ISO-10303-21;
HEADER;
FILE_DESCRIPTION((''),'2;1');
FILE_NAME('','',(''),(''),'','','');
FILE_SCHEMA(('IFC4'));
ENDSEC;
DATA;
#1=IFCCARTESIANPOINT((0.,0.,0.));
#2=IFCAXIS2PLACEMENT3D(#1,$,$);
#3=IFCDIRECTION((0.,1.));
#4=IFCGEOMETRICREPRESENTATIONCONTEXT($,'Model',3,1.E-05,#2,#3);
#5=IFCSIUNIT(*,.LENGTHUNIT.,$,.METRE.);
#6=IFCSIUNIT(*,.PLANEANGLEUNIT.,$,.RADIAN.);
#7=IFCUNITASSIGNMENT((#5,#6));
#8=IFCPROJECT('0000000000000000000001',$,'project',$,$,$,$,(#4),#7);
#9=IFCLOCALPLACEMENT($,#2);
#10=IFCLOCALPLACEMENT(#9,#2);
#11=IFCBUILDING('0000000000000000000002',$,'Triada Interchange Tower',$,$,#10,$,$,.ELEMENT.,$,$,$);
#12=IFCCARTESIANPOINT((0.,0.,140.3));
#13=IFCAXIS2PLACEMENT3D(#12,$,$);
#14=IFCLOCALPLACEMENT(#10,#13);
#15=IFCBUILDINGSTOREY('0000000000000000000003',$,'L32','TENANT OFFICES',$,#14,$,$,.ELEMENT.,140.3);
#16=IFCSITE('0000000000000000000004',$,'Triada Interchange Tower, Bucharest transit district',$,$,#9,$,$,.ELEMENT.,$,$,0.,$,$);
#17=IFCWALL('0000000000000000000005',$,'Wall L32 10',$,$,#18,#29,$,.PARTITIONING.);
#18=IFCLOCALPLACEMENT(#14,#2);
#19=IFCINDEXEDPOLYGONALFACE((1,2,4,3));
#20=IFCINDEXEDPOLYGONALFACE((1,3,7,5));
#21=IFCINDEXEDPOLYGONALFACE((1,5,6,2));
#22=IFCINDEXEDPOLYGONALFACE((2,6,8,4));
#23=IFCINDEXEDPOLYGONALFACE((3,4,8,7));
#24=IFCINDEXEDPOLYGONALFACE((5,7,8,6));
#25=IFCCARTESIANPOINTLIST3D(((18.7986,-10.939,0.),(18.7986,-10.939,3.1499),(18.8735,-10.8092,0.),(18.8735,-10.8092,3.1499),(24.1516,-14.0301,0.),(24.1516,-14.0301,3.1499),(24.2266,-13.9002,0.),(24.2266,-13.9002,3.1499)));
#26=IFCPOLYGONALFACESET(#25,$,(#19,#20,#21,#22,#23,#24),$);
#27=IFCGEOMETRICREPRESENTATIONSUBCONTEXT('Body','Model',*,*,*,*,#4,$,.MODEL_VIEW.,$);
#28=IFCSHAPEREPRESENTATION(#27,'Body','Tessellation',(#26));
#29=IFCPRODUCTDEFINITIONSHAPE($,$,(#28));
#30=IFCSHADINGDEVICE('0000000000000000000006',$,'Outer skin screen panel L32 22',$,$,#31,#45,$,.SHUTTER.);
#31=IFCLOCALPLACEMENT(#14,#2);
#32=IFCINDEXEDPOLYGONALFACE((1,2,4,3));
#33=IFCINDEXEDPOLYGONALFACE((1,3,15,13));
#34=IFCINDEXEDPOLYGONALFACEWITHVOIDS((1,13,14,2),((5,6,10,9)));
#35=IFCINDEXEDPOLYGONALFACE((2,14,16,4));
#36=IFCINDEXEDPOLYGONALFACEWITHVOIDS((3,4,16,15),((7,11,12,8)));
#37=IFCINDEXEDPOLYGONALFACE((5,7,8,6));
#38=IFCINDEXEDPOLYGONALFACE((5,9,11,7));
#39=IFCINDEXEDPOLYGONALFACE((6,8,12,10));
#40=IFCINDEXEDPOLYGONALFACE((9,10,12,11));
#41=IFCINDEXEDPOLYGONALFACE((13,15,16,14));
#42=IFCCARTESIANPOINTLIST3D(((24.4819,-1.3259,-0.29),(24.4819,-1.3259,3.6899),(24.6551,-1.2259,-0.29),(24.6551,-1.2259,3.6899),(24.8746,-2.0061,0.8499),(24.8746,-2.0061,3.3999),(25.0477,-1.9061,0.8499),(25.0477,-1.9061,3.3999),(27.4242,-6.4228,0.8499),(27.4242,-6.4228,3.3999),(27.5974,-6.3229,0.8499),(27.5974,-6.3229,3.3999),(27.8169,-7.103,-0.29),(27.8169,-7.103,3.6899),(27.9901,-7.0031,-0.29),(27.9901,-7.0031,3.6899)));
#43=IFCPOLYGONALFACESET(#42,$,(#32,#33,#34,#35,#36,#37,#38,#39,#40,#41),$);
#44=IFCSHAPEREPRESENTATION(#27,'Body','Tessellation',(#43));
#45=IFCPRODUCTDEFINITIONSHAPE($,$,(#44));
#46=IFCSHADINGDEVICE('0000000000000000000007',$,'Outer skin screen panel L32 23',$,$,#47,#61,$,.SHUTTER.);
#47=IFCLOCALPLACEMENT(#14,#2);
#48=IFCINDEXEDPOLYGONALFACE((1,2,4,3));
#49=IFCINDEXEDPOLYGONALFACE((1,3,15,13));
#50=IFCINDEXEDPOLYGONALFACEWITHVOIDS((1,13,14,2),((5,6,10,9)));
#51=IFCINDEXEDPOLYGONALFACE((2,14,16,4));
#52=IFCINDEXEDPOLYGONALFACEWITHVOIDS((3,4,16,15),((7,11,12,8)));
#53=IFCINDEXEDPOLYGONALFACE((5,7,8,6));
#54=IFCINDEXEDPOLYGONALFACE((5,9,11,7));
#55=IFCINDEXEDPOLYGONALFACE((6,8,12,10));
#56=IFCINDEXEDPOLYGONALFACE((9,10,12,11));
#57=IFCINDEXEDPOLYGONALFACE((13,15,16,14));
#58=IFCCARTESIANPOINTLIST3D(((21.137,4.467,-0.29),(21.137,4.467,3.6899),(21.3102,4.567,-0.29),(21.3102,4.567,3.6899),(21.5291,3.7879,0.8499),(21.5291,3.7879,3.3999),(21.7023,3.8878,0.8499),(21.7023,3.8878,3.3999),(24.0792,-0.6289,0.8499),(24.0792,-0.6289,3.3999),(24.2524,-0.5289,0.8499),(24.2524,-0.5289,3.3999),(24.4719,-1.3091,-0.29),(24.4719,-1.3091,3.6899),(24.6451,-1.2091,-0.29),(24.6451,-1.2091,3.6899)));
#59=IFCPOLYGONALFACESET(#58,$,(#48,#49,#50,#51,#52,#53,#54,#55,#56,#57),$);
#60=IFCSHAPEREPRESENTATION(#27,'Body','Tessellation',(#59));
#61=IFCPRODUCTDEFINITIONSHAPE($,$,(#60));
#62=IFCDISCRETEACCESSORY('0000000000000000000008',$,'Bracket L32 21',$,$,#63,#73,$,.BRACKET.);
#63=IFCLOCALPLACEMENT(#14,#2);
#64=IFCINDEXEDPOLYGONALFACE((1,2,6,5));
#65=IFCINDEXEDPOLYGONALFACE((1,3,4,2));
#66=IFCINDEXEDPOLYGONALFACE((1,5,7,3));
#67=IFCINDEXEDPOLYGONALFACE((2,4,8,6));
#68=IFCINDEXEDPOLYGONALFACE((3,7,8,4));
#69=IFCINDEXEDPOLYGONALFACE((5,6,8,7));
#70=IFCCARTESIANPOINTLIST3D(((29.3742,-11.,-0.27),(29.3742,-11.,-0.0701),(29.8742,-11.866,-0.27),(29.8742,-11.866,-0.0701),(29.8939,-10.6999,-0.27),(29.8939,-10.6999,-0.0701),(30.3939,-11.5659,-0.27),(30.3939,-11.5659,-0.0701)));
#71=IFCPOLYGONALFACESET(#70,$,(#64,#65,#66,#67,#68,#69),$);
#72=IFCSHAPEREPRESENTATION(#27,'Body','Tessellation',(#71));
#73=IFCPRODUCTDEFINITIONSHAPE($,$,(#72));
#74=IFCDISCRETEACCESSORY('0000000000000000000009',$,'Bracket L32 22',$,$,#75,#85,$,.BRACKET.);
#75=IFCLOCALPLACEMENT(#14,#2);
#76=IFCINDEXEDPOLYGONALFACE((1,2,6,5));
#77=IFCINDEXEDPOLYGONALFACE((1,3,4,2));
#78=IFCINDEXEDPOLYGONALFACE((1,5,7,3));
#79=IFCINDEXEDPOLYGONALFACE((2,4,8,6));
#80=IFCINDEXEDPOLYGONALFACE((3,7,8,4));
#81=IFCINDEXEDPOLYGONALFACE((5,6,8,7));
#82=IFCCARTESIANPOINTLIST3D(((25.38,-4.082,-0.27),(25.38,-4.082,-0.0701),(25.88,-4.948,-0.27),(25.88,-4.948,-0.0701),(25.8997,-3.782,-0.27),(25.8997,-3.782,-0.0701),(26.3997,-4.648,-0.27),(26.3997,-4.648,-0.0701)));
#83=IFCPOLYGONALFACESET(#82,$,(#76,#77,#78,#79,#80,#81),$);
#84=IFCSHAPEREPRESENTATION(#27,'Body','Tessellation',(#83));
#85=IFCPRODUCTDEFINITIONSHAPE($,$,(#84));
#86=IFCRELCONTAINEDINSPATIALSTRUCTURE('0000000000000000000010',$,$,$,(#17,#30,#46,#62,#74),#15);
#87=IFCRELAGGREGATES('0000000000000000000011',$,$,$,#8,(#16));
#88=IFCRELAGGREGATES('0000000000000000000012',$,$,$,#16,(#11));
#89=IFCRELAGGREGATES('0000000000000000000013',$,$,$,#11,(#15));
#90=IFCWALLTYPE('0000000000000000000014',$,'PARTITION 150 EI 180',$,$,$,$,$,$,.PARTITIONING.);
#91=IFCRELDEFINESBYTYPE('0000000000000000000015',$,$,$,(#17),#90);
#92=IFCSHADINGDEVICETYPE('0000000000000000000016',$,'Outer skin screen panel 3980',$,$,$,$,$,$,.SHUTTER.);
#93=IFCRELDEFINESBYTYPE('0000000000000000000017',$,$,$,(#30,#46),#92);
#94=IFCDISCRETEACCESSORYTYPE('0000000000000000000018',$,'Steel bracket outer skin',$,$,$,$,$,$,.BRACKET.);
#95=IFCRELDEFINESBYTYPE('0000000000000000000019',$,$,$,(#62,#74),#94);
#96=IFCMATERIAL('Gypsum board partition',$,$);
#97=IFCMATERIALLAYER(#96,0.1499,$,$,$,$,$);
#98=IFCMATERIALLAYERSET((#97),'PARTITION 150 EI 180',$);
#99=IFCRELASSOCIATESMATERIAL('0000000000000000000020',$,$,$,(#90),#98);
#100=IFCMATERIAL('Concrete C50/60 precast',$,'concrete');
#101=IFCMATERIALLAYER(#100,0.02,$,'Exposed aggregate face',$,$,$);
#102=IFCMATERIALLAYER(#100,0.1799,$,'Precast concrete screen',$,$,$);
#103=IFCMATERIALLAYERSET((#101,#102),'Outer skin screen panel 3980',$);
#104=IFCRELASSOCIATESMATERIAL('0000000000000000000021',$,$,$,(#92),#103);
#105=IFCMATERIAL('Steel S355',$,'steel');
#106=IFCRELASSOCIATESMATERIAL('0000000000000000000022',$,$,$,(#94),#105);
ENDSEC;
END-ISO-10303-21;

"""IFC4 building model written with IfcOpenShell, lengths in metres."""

from ifc_helpers import new_model, si_unit, direction, frame, frame_2d, origin, origin_2d, place, context, subcontext, project, spatial, polyline, rectangle, outline, extrude, material, layer, layer_set, type_object, element, save


model = new_model("IFC4")

# Units and contexts
model_context = context("Model", 3, precision=1e-05, world=origin(), true_north=direction((0.0, 1.0)))
body_context = subcontext(model_context, "Body", "Model", "MODEL_VIEW")
ifc_project = project(units=[si_unit("LENGTHUNIT", "METRE"), si_unit("PLANEANGLEUNIT", "RADIAN")], contexts=[model_context])

# Site, building, storey
site_placement = place(None, origin())
site = spatial("IfcSite", under=ifc_project, at=site_placement, Name="Triada Interchange Tower, Bucharest transit district", CompositionType="ELEMENT", RefElevation=0.0)
building_placement = place(site_placement, origin())
building = spatial("IfcBuilding", under=site, at=building_placement, Name="Triada Interchange Tower", CompositionType="ELEMENT")
storey_placement = place(building_placement, frame((0.0, 0.0, 140.3)))
storey = spatial("IfcBuildingStorey", under=building, at=storey_placement, Name="L32", Description="TENANT OFFICES", CompositionType="ELEMENT", Elevation=140.3)

# Wall
ifc_material_1 = material(Name="Gypsum board partition")
ifc_layer_1 = layer(ifc_material_1, 0.1499)
ifc_layer_set_1 = layer_set([ifc_layer_1], Name="PARTITION 150 EI 180")
wall_type_1 = type_object("IfcWallType", Name="PARTITION 150 EI 180", PredefinedType="PARTITIONING", material=ifc_layer_set_1)
wall_1_placement = place(storey_placement, frame((18.8359, -10.874, 0.0), z_axis=(0.0, 0.0, 1.0), x_axis=(0.865991, -0.50006, 0.0)))
element("IfcWall", 1, at=wall_1_placement, inside=storey, type_object=wall_type_1, Name="Wall L32 10", PredefinedType="PARTITIONING", context=body_context, shape_type="SweptSolid", body=[
    extrude(rectangle(XDim=6.1814, YDim=0.1499, at=frame_2d((3.0908, 0.0))), origin(), (0.0, 0.0, 1.0), 3.1499),
])

# Shading devices
ifc_material_2 = material(Name="Concrete C50/60 precast", Category="concrete")
ifc_layer_2 = layer(ifc_material_2, 0.02, Name="Exposed aggregate face")
ifc_layer_3 = layer(ifc_material_2, 0.1799, Name="Precast concrete screen")
ifc_layer_set_2 = layer_set([ifc_layer_2, ifc_layer_3], Name="Outer skin screen panel 3980")
shading_device_type = type_object("IfcShadingDeviceType", Name="Outer skin screen panel 3980", PredefinedType="SHUTTER", material=ifc_layer_set_2)
shading_device_1_placement = place(storey_placement, frame((27.8169, -7.103, -0.29), z_axis=(0.0, 0.0, 1.0), x_axis=(-0.49995, 0.866055, 0.0)))
element("IfcShadingDevice", 2, at=shading_device_1_placement, inside=storey, type_object=shading_device_type, Name="Outer skin screen panel L32 22", PredefinedType="SHUTTER", context=body_context, shape_type="SweptSolid", body=[
    extrude(outline(polyline([(0.0, 0.0), (6.6707, 0.0), (6.6707, 3.98), (0.0, 3.98), (0.0, 0.0)]), holes=[polyline([(0.7854, 1.1399), (0.7854, 3.6899), (5.8853, 3.6899), (5.8853, 1.1399), (0.7854, 1.1399)])]), frame((0.0, 0.0, 0.0), z_axis=(0.0, -1.0, 0.0), x_axis=(1.0, 0.0, 0.0)), (0.0, 0.0, 1.0), 0.2),
])
shading_device_2_placement = place(storey_placement, frame((24.4719, -1.3091, -0.29), z_axis=(0.0, 0.0, 1.0), x_axis=(-0.500013, 0.866018, 0.0)))
element("IfcShadingDevice", 3, at=shading_device_2_placement, inside=storey, type_object=shading_device_type, Name="Outer skin screen panel L32 23", PredefinedType="SHUTTER", context=body_context, shape_type="SweptSolid", body=[
    extrude(outline(polyline([(0.0, 0.0), (6.6697, 0.0), (6.6697, 3.98), (0.0, 3.98), (0.0, 0.0)]), holes=[polyline([(0.7854, 1.1399), (0.7854, 3.6899), (5.8855, 3.6899), (5.8855, 1.1399), (0.7854, 1.1399)])]), frame((0.0, 0.0, 0.0), z_axis=(0.0, -1.0, 0.0), x_axis=(1.0, 0.0, 0.0)), (0.0, 0.0, 1.0), 0.2),
])

# Discrete accessories
ifc_material_3 = material(Name="Steel S355", Category="steel")
discrete_accessory_type = type_object("IfcDiscreteAccessoryType", Name="Steel bracket outer skin", PredefinedType="BRACKET", material=ifc_material_3)
for number, where, z_axis, x_axis, name in (
    (4, (29.884, -11.283, -0.27), (0.0, 0.0, 1.0), (0.866021, 0.500007, 0.0), "Bracket L32 21"),
    (5, (25.8899, -4.365, -0.27), (0.0, 0.0, 1.0), (0.866021, 0.500007, 0.0), "Bracket L32 22"),
):
    element("IfcDiscreteAccessory", number, at=place(storey_placement, frame(where, z_axis=z_axis, x_axis=x_axis)), inside=storey, type_object=discrete_accessory_type, Name=name, PredefinedType="BRACKET", context=body_context, shape_type="SweptSolid", body=[
        extrude(rectangle(XDim=0.6001, YDim=1.0, at=origin_2d()), origin(), (0.0, 0.0, 1.0), 0.2),
    ])

save(model, "model.ifc")
